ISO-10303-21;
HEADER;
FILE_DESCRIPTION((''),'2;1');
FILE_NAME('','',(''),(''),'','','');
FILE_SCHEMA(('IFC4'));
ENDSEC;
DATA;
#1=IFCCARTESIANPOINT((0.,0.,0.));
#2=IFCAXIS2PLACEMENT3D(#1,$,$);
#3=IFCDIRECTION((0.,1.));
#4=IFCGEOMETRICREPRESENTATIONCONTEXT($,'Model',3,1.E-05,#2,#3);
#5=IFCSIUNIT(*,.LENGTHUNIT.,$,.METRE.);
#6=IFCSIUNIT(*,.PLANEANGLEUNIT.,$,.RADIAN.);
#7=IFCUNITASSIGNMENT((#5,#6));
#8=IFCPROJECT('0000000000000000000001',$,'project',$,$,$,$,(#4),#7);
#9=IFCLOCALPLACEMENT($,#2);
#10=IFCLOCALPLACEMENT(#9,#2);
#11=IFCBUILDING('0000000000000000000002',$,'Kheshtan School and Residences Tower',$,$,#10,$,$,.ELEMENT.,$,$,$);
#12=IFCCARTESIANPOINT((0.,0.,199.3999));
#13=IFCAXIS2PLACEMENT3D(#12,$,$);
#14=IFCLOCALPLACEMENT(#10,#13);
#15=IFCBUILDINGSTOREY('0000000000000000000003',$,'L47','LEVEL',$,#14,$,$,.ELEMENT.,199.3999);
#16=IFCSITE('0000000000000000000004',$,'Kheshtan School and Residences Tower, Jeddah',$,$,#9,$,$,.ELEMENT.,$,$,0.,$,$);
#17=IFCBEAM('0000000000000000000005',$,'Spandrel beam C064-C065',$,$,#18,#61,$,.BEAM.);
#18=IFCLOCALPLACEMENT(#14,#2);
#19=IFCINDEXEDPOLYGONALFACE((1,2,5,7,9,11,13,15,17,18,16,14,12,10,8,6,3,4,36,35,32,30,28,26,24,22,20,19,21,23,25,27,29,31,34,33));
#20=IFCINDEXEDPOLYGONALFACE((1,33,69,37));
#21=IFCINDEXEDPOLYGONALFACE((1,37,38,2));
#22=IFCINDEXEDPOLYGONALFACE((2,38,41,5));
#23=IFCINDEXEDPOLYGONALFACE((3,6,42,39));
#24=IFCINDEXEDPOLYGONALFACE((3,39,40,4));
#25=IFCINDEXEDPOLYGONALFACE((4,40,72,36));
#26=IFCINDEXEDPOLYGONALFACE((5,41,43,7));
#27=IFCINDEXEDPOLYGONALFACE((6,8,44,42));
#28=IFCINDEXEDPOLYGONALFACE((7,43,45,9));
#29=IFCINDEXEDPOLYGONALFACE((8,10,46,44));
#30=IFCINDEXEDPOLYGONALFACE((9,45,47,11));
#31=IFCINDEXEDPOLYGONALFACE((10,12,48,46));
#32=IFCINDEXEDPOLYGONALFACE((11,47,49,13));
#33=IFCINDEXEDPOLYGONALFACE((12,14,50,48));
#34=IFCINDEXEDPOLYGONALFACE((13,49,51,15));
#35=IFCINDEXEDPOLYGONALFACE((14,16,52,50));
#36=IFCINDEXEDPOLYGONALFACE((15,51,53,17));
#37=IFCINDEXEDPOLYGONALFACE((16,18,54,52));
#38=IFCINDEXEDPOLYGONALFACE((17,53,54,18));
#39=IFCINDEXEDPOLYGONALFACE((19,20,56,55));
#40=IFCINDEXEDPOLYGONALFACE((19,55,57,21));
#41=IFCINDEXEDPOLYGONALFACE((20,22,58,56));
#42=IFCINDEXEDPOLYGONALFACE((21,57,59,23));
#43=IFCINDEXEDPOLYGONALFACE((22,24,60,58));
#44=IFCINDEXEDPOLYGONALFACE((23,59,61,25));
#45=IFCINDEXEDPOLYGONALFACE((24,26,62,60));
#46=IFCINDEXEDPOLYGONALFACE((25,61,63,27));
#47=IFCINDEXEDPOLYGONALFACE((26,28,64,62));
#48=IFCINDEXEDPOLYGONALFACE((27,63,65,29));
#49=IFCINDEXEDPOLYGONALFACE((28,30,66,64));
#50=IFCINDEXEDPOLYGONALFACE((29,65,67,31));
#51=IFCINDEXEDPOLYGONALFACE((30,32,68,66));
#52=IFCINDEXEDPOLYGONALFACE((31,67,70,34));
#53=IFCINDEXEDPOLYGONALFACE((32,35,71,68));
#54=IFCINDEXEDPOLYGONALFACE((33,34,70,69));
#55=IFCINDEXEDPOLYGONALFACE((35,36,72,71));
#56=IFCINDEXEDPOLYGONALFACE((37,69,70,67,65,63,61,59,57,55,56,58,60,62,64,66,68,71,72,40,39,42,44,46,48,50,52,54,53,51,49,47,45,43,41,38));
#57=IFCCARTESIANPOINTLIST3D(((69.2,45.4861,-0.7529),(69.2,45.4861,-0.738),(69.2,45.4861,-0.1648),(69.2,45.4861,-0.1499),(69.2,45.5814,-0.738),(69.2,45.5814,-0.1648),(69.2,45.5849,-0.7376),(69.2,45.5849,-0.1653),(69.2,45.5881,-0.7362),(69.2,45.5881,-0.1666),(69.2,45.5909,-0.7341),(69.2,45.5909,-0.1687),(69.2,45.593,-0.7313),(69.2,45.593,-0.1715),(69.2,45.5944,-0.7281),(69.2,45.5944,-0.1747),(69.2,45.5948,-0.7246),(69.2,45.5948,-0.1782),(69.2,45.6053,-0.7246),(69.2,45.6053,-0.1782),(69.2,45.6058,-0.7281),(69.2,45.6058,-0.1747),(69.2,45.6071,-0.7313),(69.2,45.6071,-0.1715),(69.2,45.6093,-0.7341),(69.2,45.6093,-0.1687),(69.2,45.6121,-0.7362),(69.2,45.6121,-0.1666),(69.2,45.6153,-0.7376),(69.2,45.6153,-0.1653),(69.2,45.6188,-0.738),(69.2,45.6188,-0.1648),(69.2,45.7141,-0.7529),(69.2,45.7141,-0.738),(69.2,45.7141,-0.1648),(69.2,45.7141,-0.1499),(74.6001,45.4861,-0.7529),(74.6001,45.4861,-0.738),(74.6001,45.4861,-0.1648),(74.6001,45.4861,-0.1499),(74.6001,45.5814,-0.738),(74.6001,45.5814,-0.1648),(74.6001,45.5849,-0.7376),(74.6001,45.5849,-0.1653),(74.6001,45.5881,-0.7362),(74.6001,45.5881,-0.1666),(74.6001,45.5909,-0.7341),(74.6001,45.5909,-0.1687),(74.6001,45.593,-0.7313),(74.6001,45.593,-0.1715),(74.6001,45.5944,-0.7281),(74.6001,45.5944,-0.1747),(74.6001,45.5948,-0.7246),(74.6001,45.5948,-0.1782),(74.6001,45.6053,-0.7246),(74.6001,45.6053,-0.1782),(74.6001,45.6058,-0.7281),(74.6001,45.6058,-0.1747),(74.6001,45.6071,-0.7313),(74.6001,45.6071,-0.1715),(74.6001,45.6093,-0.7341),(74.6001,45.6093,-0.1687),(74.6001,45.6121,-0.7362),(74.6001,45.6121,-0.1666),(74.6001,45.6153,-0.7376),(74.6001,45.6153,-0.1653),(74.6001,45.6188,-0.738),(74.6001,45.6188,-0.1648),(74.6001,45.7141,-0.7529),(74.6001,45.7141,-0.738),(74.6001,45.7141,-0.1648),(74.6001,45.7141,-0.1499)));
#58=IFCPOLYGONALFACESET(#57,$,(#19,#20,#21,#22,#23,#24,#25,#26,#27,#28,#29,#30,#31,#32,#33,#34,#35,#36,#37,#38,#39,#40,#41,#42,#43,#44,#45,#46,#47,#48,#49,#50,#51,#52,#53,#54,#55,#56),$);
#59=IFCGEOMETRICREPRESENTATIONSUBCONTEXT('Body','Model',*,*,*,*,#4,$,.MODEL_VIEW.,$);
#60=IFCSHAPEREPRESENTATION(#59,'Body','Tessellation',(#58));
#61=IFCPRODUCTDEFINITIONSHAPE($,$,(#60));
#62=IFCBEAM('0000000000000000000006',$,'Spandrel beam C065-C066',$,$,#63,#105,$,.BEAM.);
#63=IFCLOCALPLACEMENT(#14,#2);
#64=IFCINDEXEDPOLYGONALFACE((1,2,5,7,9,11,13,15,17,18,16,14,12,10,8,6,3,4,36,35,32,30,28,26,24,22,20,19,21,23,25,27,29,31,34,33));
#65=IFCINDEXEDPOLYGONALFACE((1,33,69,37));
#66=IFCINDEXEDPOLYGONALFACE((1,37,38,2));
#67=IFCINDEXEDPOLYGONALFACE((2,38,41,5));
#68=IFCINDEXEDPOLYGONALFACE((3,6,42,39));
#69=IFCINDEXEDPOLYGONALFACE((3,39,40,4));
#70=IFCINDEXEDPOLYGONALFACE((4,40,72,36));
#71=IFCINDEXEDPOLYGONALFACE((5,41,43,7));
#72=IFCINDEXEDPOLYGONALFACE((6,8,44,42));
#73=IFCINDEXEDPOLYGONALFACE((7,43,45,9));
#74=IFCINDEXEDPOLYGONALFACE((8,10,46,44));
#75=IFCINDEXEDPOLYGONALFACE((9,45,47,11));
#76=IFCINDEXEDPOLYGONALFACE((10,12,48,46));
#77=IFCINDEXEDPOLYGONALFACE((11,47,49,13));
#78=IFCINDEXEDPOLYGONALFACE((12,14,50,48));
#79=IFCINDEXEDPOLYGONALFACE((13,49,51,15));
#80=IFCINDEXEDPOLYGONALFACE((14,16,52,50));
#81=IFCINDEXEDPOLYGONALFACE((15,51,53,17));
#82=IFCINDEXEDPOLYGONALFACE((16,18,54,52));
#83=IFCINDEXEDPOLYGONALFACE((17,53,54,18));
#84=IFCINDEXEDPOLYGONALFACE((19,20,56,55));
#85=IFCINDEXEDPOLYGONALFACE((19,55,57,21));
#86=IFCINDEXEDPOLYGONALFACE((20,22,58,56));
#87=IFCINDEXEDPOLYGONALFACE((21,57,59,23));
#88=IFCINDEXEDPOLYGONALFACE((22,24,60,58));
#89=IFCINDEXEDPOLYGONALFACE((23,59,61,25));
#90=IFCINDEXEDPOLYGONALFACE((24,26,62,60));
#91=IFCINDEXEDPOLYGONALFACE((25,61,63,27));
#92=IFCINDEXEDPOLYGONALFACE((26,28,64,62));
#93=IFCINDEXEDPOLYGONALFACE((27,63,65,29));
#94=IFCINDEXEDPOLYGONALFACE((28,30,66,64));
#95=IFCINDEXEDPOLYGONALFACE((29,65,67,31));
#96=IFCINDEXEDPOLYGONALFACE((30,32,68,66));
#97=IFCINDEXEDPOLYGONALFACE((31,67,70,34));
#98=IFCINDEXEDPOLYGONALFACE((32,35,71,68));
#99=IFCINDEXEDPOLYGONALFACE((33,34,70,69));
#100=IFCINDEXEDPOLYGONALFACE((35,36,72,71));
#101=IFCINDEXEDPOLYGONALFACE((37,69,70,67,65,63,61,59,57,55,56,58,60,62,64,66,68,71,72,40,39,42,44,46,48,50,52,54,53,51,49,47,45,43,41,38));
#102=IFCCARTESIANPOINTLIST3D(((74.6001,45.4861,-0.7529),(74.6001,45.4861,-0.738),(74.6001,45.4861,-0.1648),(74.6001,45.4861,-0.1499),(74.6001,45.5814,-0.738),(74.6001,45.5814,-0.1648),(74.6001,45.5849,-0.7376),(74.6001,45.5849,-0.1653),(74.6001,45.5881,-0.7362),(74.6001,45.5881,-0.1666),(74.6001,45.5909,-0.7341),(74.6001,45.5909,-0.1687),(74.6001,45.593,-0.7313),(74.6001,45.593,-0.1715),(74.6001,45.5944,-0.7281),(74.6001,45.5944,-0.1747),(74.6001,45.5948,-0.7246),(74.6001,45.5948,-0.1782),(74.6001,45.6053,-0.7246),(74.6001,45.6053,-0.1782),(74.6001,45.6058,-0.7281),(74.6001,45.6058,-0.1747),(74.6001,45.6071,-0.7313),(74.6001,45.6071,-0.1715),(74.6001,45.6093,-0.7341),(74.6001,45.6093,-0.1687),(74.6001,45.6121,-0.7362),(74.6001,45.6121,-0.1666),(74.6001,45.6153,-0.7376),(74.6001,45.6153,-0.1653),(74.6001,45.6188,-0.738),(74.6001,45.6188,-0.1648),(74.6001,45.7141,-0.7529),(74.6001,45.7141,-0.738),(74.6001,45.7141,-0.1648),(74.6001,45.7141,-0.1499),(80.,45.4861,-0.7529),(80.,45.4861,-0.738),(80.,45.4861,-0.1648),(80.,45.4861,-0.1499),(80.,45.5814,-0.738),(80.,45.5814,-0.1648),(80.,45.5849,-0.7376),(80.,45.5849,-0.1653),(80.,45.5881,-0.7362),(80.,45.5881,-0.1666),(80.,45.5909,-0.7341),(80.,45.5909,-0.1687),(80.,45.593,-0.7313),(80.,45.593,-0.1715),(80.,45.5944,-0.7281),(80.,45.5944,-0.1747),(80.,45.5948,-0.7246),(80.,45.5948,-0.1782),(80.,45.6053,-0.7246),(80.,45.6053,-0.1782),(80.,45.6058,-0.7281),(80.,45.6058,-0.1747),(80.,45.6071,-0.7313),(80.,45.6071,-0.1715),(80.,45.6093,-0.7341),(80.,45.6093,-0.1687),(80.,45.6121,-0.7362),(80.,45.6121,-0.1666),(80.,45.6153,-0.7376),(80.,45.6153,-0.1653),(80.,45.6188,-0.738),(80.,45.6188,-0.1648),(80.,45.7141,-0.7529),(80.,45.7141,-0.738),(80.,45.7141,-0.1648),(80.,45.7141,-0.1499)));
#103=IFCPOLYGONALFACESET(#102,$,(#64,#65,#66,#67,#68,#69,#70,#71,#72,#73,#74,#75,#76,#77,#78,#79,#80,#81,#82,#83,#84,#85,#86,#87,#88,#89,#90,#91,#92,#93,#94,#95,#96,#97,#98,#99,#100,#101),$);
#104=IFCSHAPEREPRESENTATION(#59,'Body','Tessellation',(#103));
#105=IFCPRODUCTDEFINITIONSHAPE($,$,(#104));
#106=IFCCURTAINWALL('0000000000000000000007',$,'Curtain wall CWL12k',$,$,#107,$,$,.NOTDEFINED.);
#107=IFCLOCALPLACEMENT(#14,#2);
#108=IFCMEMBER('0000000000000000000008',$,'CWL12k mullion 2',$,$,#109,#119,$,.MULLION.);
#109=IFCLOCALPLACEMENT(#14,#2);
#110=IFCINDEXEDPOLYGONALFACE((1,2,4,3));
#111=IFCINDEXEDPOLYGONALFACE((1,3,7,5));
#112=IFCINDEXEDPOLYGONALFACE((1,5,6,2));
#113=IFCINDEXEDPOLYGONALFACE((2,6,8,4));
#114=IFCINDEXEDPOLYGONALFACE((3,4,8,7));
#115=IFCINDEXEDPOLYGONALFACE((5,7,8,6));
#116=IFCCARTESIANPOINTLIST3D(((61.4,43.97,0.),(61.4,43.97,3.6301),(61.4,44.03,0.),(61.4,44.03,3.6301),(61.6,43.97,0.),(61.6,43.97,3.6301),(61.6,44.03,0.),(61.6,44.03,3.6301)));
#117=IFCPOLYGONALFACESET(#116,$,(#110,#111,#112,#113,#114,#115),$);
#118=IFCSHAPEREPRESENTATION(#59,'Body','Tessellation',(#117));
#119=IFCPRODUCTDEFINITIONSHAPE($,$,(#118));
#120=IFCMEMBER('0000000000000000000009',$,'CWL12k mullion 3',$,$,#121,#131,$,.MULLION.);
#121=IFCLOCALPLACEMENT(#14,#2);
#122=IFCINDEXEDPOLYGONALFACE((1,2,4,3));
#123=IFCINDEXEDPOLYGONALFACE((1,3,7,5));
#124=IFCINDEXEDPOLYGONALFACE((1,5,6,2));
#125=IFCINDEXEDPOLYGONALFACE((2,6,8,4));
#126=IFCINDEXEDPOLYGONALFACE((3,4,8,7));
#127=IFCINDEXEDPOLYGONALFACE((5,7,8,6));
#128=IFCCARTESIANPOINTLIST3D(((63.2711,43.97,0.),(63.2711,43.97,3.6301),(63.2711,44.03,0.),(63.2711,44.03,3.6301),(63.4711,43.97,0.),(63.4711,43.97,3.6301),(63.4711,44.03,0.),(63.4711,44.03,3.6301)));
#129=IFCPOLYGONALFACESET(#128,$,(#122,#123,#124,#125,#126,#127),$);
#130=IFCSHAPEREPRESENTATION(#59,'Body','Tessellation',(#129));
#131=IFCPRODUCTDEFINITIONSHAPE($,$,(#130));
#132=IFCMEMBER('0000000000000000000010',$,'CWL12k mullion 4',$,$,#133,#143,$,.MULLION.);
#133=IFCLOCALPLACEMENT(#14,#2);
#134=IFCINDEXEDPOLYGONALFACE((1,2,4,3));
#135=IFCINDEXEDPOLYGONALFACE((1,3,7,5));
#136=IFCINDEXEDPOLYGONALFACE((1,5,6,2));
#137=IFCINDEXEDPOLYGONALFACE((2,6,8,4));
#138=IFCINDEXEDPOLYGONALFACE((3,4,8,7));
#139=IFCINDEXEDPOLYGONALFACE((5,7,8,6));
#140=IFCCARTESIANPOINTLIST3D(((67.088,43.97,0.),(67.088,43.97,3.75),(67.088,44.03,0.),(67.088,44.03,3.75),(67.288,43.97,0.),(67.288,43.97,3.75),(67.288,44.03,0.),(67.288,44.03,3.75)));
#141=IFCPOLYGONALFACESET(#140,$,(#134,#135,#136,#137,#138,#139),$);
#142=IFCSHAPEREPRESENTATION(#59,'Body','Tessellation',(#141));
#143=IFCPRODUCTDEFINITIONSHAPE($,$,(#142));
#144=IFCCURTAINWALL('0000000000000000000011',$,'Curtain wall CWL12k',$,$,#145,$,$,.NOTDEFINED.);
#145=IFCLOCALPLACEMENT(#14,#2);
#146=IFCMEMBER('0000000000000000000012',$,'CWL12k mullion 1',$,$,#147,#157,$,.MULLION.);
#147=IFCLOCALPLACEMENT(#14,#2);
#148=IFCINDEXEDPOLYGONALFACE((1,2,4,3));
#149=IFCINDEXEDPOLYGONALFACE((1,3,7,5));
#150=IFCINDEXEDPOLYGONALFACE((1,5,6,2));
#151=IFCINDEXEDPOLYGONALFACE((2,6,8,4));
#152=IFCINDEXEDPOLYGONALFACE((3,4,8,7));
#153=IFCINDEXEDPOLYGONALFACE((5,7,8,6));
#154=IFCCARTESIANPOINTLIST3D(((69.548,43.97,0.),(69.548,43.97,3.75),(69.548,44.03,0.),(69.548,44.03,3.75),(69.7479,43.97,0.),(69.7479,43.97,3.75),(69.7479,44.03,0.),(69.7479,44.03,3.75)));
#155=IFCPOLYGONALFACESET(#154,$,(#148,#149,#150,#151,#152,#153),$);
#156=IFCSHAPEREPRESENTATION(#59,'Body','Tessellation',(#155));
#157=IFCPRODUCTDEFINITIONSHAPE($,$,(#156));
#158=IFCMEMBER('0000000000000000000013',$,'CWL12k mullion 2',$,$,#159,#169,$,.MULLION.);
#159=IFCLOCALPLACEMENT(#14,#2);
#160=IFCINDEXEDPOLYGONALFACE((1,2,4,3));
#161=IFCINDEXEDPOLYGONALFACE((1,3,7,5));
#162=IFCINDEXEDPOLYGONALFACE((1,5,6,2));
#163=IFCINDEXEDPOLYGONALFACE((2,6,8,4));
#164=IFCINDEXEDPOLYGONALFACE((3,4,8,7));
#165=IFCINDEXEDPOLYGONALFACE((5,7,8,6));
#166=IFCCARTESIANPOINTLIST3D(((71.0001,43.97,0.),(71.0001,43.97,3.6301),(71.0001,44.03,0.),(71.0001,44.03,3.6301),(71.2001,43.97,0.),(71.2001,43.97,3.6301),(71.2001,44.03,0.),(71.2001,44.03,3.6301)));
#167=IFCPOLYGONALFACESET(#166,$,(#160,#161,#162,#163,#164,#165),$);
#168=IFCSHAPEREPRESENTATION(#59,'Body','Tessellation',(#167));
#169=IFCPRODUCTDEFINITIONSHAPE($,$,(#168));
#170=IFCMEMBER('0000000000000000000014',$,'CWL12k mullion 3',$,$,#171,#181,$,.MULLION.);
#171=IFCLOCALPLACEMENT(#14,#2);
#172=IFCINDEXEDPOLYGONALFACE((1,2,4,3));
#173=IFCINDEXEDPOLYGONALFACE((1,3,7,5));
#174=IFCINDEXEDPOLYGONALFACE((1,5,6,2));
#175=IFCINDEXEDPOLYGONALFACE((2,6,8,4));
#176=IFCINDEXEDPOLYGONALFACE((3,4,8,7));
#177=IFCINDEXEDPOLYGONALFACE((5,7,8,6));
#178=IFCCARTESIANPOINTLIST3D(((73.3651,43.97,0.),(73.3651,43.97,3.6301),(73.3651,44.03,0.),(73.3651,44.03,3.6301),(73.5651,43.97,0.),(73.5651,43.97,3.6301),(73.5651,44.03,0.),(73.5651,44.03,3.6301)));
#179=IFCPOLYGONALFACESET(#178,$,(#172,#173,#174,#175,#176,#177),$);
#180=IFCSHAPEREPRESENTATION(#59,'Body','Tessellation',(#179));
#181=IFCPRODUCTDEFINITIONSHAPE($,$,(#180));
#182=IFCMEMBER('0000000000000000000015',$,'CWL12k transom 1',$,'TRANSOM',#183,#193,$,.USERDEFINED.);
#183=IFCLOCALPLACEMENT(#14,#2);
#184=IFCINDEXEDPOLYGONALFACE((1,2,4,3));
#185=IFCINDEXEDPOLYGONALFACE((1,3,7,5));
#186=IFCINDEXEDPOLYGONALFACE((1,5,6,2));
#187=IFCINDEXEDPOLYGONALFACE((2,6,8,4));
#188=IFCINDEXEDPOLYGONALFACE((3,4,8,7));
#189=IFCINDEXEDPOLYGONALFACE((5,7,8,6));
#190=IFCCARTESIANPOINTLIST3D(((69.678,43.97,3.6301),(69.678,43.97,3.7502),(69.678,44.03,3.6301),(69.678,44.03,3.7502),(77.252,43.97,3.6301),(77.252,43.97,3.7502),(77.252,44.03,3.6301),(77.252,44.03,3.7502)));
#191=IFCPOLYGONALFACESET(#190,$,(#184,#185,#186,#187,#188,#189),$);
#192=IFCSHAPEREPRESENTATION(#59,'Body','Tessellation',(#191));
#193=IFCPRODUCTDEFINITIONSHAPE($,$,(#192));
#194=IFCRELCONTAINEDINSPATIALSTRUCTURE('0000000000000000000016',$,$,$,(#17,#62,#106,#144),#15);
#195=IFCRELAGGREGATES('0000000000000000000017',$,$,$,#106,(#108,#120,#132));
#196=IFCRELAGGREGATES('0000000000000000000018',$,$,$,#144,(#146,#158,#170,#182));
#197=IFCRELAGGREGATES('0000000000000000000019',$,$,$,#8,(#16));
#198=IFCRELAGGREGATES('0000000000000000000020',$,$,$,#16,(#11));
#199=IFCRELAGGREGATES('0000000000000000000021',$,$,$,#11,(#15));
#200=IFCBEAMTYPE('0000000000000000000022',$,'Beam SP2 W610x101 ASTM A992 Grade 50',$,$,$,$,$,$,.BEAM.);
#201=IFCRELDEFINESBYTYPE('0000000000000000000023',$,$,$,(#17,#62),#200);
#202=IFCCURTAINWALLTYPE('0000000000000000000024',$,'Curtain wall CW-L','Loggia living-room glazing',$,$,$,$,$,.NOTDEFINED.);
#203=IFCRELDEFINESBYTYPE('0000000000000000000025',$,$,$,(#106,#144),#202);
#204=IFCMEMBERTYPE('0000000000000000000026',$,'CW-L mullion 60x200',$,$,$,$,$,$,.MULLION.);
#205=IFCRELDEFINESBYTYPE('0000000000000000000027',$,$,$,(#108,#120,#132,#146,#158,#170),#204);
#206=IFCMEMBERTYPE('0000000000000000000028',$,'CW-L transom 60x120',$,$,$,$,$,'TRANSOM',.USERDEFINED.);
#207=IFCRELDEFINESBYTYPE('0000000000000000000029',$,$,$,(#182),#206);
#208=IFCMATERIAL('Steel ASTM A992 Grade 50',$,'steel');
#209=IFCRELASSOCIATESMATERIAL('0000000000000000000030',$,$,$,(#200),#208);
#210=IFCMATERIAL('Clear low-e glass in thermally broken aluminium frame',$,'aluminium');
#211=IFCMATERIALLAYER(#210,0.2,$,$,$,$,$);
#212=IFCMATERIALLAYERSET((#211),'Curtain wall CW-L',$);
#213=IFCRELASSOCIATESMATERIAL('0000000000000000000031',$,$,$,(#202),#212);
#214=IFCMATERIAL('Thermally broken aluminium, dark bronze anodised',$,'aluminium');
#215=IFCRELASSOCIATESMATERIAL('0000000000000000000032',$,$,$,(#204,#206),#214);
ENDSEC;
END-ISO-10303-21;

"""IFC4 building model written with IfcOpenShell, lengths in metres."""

from ifc_helpers import new_model, si_unit, direction, frame, origin, origin_2d, place, context, subcontext, project, spatial, rectangle, i_section, extrude, material, layer, layer_set, material_profile, profile_set, type_object, element, aggregate, save


model = new_model("IFC4")

# Units and contexts
model_context = context("Model", 3, precision=1e-05, world=origin(), true_north=direction((0.0, 1.0)))
body_context = subcontext(model_context, "Body", "Model", "MODEL_VIEW")
ifc_project = project(units=[si_unit("LENGTHUNIT", "METRE"), si_unit("PLANEANGLEUNIT", "RADIAN")], contexts=[model_context])

# Site, building, storey
site_placement = place(None, origin())
site = spatial("IfcSite", under=ifc_project, at=site_placement, Name="Kheshtan School and Residences Tower, Jeddah", CompositionType="ELEMENT", RefElevation=0.0)
building_placement = place(site_placement, origin())
building = spatial("IfcBuilding", under=site, at=building_placement, Name="Kheshtan School and Residences Tower", CompositionType="ELEMENT")
storey_placement = place(building_placement, frame((0.0, 0.0, 199.3999)))
storey = spatial("IfcBuildingStorey", under=building, at=storey_placement, Name="L47", Description="LEVEL", CompositionType="ELEMENT", Elevation=199.3999)

# Shared definitions
ifc_material_1 = material(Name="Steel ASTM A992 Grade 50", Category="steel")

# Beams
ifc_material_profile_1 = material_profile(ifc_material_1, i_section(OverallWidth=0.228, OverallDepth=0.603, WebThickness=0.0105, FlangeThickness=0.0149, FilletRadius=0.0134, at=origin_2d()), Name="W610x101")
ifc_profile_set_1 = profile_set([ifc_material_profile_1], Name="Steel ASTM A992 Grade 50")
beam_type_1 = type_object("IfcBeamType", Name="Beam SP2 W610x101 ASTM A992 Grade 50", PredefinedType="BEAM", material=ifc_profile_set_1)
beam_1_placement = place(storey_placement, frame((69.2, 45.6001, -0.4514), z_axis=(1.0, 0.0, 0.0), x_axis=(0.0, 1.0, 0.0)))
element("IfcBeam", 1, at=beam_1_placement, inside=storey, type_object=beam_type_1, Name="Spandrel beam C064-C065", PredefinedType="BEAM", context=body_context, shape_type="SweptSolid", body=[
    extrude(i_section(OverallWidth=0.228, OverallDepth=0.603, WebThickness=0.0105, FlangeThickness=0.0149, FilletRadius=0.0134, at=origin_2d()), origin(), (0.0, 0.0, 1.0), 5.4001),
])
beam_2_placement = place(storey_placement, frame((74.6001, 45.6001, -0.4514), z_axis=(1.0, 0.0, 0.0), x_axis=(0.0, 1.0, 0.0)))
element("IfcBeam", 2, at=beam_2_placement, inside=storey, type_object=beam_type_1, Name="Spandrel beam C065-C066", PredefinedType="BEAM", context=body_context, shape_type="SweptSolid", body=[
    extrude(i_section(OverallWidth=0.228, OverallDepth=0.603, WebThickness=0.0105, FlangeThickness=0.0149, FilletRadius=0.0134, at=origin_2d()), origin(), (0.0, 0.0, 1.0), 5.3999),
])

# Curtain walls, members
ifc_material_2 = material(Name="Clear low-e glass in thermally broken aluminium frame", Category="aluminium")
ifc_layer_1 = layer(ifc_material_2, 0.2)
ifc_layer_set_1 = layer_set([ifc_layer_1], Name="Curtain wall CW-L")
curtain_wall_type = type_object("IfcCurtainWallType", Name="Curtain wall CW-L", Description="Loggia living-room glazing", PredefinedType="NOTDEFINED", material=ifc_layer_set_1)
curtain_wall_1_placement = place(storey_placement, origin())
curtain_wall_1 = element("IfcCurtainWall", 3, at=curtain_wall_1_placement, inside=storey, type_object=curtain_wall_type, Name="Curtain wall CWL12k", PredefinedType="NOTDEFINED")
ifc_material_3 = material(Name="Thermally broken aluminium, dark bronze anodised", Category="aluminium")
ifc_material_profile_2 = material_profile(ifc_material_3, rectangle(XDim=0.0601, YDim=0.2, at=origin_2d()), Name="CW-L mullion 60x200")
ifc_profile_set_2 = profile_set([ifc_material_profile_2], Name="Thermally broken aluminium, dark bronze anodised")
member_type_1 = type_object("IfcMemberType", Name="CW-L mullion 60x200", PredefinedType="MULLION", material=ifc_profile_set_2)
member_1_placement = place(storey_placement, frame((61.5, 44.0, 0.0), z_axis=(0.0, 0.0, 1.0), x_axis=(0.0, 1.0, 0.0)))
member_1 = element("IfcMember", 4, at=member_1_placement, type_object=member_type_1, Name="CWL12k mullion 2", PredefinedType="MULLION", context=body_context, shape_type="SweptSolid", body=[
    extrude(rectangle(XDim=0.0601, YDim=0.2, at=origin_2d()), origin(), (0.0, 0.0, 1.0), 3.6301),
])
member_2_placement = place(storey_placement, frame((63.3711, 44.0, 0.0), z_axis=(0.0, 0.0, 1.0), x_axis=(0.0, 1.0, 0.0)))
member_2 = element("IfcMember", 5, at=member_2_placement, type_object=member_type_1, Name="CWL12k mullion 3", PredefinedType="MULLION", context=body_context, shape_type="SweptSolid", body=[
    extrude(rectangle(XDim=0.0601, YDim=0.2, at=origin_2d()), origin(), (0.0, 0.0, 1.0), 3.6301),
])
member_3_placement = place(storey_placement, frame((67.188, 44.0, 0.0), z_axis=(0.0, 0.0, 1.0), x_axis=(0.0, 1.0, 0.0)))
member_3 = element("IfcMember", 6, at=member_3_placement, type_object=member_type_1, Name="CWL12k mullion 4", PredefinedType="MULLION", context=body_context, shape_type="SweptSolid", body=[
    extrude(rectangle(XDim=0.0601, YDim=0.2, at=origin_2d()), origin(), (0.0, 0.0, 1.0), 3.75),
])
curtain_wall_2_placement = place(storey_placement, origin())
curtain_wall_2 = element("IfcCurtainWall", 7, at=curtain_wall_2_placement, inside=storey, type_object=curtain_wall_type, Name="Curtain wall CWL12k", PredefinedType="NOTDEFINED")
member_4_placement = place(storey_placement, frame((69.6479, 44.0, 0.0), z_axis=(0.0, 0.0, 1.0), x_axis=(0.0, 1.0, 0.0)))
member_4 = element("IfcMember", 8, at=member_4_placement, type_object=member_type_1, Name="CWL12k mullion 1", PredefinedType="MULLION", context=body_context, shape_type="SweptSolid", body=[
    extrude(rectangle(XDim=0.0601, YDim=0.2, at=origin_2d()), origin(), (0.0, 0.0, 1.0), 3.75),
])
member_5_placement = place(storey_placement, frame((71.1001, 44.0, 0.0), z_axis=(0.0, 0.0, 1.0), x_axis=(0.0, 1.0, 0.0)))
member_5 = element("IfcMember", 9, at=member_5_placement, type_object=member_type_1, Name="CWL12k mullion 2", PredefinedType="MULLION", context=body_context, shape_type="SweptSolid", body=[
    extrude(rectangle(XDim=0.0601, YDim=0.2, at=origin_2d()), origin(), (0.0, 0.0, 1.0), 3.6301),
])
member_6_placement = place(storey_placement, frame((73.4651, 44.0, 0.0), z_axis=(0.0, 0.0, 1.0), x_axis=(0.0, 1.0, 0.0)))
member_6 = element("IfcMember", 10, at=member_6_placement, type_object=member_type_1, Name="CWL12k mullion 3", PredefinedType="MULLION", context=body_context, shape_type="SweptSolid", body=[
    extrude(rectangle(XDim=0.0601, YDim=0.2, at=origin_2d()), origin(), (0.0, 0.0, 1.0), 3.6301),
])
ifc_material_profile_3 = material_profile(ifc_material_3, rectangle(XDim=0.0601, YDim=0.1201, at=origin_2d()), Name="CW-L transom 60x120")
ifc_profile_set_3 = profile_set([ifc_material_profile_3], Name="Thermally broken aluminium, dark bronze anodised")
member_type_2 = type_object("IfcMemberType", Name="CW-L transom 60x120", ElementType="TRANSOM", PredefinedType="USERDEFINED", material=ifc_profile_set_3)
member_7_placement = place(storey_placement, frame((69.678, 44.0, 3.6902), z_axis=(1.0, 0.0, 0.0), x_axis=(0.0, 1.0, 0.0)))
member_7 = element("IfcMember", 11, at=member_7_placement, type_object=member_type_2, Name="CWL12k transom 1", ObjectType="TRANSOM", PredefinedType="USERDEFINED", context=body_context, shape_type="SweptSolid", body=[
    extrude(rectangle(XDim=0.0601, YDim=0.1201, at=origin_2d()), origin(), (0.0, 0.0, 1.0), 7.574),
])

aggregate(curtain_wall_1, [member_1, member_2, member_3])
aggregate(curtain_wall_2, [member_4, member_5, member_6, member_7])

save(model, "model.ifc")
